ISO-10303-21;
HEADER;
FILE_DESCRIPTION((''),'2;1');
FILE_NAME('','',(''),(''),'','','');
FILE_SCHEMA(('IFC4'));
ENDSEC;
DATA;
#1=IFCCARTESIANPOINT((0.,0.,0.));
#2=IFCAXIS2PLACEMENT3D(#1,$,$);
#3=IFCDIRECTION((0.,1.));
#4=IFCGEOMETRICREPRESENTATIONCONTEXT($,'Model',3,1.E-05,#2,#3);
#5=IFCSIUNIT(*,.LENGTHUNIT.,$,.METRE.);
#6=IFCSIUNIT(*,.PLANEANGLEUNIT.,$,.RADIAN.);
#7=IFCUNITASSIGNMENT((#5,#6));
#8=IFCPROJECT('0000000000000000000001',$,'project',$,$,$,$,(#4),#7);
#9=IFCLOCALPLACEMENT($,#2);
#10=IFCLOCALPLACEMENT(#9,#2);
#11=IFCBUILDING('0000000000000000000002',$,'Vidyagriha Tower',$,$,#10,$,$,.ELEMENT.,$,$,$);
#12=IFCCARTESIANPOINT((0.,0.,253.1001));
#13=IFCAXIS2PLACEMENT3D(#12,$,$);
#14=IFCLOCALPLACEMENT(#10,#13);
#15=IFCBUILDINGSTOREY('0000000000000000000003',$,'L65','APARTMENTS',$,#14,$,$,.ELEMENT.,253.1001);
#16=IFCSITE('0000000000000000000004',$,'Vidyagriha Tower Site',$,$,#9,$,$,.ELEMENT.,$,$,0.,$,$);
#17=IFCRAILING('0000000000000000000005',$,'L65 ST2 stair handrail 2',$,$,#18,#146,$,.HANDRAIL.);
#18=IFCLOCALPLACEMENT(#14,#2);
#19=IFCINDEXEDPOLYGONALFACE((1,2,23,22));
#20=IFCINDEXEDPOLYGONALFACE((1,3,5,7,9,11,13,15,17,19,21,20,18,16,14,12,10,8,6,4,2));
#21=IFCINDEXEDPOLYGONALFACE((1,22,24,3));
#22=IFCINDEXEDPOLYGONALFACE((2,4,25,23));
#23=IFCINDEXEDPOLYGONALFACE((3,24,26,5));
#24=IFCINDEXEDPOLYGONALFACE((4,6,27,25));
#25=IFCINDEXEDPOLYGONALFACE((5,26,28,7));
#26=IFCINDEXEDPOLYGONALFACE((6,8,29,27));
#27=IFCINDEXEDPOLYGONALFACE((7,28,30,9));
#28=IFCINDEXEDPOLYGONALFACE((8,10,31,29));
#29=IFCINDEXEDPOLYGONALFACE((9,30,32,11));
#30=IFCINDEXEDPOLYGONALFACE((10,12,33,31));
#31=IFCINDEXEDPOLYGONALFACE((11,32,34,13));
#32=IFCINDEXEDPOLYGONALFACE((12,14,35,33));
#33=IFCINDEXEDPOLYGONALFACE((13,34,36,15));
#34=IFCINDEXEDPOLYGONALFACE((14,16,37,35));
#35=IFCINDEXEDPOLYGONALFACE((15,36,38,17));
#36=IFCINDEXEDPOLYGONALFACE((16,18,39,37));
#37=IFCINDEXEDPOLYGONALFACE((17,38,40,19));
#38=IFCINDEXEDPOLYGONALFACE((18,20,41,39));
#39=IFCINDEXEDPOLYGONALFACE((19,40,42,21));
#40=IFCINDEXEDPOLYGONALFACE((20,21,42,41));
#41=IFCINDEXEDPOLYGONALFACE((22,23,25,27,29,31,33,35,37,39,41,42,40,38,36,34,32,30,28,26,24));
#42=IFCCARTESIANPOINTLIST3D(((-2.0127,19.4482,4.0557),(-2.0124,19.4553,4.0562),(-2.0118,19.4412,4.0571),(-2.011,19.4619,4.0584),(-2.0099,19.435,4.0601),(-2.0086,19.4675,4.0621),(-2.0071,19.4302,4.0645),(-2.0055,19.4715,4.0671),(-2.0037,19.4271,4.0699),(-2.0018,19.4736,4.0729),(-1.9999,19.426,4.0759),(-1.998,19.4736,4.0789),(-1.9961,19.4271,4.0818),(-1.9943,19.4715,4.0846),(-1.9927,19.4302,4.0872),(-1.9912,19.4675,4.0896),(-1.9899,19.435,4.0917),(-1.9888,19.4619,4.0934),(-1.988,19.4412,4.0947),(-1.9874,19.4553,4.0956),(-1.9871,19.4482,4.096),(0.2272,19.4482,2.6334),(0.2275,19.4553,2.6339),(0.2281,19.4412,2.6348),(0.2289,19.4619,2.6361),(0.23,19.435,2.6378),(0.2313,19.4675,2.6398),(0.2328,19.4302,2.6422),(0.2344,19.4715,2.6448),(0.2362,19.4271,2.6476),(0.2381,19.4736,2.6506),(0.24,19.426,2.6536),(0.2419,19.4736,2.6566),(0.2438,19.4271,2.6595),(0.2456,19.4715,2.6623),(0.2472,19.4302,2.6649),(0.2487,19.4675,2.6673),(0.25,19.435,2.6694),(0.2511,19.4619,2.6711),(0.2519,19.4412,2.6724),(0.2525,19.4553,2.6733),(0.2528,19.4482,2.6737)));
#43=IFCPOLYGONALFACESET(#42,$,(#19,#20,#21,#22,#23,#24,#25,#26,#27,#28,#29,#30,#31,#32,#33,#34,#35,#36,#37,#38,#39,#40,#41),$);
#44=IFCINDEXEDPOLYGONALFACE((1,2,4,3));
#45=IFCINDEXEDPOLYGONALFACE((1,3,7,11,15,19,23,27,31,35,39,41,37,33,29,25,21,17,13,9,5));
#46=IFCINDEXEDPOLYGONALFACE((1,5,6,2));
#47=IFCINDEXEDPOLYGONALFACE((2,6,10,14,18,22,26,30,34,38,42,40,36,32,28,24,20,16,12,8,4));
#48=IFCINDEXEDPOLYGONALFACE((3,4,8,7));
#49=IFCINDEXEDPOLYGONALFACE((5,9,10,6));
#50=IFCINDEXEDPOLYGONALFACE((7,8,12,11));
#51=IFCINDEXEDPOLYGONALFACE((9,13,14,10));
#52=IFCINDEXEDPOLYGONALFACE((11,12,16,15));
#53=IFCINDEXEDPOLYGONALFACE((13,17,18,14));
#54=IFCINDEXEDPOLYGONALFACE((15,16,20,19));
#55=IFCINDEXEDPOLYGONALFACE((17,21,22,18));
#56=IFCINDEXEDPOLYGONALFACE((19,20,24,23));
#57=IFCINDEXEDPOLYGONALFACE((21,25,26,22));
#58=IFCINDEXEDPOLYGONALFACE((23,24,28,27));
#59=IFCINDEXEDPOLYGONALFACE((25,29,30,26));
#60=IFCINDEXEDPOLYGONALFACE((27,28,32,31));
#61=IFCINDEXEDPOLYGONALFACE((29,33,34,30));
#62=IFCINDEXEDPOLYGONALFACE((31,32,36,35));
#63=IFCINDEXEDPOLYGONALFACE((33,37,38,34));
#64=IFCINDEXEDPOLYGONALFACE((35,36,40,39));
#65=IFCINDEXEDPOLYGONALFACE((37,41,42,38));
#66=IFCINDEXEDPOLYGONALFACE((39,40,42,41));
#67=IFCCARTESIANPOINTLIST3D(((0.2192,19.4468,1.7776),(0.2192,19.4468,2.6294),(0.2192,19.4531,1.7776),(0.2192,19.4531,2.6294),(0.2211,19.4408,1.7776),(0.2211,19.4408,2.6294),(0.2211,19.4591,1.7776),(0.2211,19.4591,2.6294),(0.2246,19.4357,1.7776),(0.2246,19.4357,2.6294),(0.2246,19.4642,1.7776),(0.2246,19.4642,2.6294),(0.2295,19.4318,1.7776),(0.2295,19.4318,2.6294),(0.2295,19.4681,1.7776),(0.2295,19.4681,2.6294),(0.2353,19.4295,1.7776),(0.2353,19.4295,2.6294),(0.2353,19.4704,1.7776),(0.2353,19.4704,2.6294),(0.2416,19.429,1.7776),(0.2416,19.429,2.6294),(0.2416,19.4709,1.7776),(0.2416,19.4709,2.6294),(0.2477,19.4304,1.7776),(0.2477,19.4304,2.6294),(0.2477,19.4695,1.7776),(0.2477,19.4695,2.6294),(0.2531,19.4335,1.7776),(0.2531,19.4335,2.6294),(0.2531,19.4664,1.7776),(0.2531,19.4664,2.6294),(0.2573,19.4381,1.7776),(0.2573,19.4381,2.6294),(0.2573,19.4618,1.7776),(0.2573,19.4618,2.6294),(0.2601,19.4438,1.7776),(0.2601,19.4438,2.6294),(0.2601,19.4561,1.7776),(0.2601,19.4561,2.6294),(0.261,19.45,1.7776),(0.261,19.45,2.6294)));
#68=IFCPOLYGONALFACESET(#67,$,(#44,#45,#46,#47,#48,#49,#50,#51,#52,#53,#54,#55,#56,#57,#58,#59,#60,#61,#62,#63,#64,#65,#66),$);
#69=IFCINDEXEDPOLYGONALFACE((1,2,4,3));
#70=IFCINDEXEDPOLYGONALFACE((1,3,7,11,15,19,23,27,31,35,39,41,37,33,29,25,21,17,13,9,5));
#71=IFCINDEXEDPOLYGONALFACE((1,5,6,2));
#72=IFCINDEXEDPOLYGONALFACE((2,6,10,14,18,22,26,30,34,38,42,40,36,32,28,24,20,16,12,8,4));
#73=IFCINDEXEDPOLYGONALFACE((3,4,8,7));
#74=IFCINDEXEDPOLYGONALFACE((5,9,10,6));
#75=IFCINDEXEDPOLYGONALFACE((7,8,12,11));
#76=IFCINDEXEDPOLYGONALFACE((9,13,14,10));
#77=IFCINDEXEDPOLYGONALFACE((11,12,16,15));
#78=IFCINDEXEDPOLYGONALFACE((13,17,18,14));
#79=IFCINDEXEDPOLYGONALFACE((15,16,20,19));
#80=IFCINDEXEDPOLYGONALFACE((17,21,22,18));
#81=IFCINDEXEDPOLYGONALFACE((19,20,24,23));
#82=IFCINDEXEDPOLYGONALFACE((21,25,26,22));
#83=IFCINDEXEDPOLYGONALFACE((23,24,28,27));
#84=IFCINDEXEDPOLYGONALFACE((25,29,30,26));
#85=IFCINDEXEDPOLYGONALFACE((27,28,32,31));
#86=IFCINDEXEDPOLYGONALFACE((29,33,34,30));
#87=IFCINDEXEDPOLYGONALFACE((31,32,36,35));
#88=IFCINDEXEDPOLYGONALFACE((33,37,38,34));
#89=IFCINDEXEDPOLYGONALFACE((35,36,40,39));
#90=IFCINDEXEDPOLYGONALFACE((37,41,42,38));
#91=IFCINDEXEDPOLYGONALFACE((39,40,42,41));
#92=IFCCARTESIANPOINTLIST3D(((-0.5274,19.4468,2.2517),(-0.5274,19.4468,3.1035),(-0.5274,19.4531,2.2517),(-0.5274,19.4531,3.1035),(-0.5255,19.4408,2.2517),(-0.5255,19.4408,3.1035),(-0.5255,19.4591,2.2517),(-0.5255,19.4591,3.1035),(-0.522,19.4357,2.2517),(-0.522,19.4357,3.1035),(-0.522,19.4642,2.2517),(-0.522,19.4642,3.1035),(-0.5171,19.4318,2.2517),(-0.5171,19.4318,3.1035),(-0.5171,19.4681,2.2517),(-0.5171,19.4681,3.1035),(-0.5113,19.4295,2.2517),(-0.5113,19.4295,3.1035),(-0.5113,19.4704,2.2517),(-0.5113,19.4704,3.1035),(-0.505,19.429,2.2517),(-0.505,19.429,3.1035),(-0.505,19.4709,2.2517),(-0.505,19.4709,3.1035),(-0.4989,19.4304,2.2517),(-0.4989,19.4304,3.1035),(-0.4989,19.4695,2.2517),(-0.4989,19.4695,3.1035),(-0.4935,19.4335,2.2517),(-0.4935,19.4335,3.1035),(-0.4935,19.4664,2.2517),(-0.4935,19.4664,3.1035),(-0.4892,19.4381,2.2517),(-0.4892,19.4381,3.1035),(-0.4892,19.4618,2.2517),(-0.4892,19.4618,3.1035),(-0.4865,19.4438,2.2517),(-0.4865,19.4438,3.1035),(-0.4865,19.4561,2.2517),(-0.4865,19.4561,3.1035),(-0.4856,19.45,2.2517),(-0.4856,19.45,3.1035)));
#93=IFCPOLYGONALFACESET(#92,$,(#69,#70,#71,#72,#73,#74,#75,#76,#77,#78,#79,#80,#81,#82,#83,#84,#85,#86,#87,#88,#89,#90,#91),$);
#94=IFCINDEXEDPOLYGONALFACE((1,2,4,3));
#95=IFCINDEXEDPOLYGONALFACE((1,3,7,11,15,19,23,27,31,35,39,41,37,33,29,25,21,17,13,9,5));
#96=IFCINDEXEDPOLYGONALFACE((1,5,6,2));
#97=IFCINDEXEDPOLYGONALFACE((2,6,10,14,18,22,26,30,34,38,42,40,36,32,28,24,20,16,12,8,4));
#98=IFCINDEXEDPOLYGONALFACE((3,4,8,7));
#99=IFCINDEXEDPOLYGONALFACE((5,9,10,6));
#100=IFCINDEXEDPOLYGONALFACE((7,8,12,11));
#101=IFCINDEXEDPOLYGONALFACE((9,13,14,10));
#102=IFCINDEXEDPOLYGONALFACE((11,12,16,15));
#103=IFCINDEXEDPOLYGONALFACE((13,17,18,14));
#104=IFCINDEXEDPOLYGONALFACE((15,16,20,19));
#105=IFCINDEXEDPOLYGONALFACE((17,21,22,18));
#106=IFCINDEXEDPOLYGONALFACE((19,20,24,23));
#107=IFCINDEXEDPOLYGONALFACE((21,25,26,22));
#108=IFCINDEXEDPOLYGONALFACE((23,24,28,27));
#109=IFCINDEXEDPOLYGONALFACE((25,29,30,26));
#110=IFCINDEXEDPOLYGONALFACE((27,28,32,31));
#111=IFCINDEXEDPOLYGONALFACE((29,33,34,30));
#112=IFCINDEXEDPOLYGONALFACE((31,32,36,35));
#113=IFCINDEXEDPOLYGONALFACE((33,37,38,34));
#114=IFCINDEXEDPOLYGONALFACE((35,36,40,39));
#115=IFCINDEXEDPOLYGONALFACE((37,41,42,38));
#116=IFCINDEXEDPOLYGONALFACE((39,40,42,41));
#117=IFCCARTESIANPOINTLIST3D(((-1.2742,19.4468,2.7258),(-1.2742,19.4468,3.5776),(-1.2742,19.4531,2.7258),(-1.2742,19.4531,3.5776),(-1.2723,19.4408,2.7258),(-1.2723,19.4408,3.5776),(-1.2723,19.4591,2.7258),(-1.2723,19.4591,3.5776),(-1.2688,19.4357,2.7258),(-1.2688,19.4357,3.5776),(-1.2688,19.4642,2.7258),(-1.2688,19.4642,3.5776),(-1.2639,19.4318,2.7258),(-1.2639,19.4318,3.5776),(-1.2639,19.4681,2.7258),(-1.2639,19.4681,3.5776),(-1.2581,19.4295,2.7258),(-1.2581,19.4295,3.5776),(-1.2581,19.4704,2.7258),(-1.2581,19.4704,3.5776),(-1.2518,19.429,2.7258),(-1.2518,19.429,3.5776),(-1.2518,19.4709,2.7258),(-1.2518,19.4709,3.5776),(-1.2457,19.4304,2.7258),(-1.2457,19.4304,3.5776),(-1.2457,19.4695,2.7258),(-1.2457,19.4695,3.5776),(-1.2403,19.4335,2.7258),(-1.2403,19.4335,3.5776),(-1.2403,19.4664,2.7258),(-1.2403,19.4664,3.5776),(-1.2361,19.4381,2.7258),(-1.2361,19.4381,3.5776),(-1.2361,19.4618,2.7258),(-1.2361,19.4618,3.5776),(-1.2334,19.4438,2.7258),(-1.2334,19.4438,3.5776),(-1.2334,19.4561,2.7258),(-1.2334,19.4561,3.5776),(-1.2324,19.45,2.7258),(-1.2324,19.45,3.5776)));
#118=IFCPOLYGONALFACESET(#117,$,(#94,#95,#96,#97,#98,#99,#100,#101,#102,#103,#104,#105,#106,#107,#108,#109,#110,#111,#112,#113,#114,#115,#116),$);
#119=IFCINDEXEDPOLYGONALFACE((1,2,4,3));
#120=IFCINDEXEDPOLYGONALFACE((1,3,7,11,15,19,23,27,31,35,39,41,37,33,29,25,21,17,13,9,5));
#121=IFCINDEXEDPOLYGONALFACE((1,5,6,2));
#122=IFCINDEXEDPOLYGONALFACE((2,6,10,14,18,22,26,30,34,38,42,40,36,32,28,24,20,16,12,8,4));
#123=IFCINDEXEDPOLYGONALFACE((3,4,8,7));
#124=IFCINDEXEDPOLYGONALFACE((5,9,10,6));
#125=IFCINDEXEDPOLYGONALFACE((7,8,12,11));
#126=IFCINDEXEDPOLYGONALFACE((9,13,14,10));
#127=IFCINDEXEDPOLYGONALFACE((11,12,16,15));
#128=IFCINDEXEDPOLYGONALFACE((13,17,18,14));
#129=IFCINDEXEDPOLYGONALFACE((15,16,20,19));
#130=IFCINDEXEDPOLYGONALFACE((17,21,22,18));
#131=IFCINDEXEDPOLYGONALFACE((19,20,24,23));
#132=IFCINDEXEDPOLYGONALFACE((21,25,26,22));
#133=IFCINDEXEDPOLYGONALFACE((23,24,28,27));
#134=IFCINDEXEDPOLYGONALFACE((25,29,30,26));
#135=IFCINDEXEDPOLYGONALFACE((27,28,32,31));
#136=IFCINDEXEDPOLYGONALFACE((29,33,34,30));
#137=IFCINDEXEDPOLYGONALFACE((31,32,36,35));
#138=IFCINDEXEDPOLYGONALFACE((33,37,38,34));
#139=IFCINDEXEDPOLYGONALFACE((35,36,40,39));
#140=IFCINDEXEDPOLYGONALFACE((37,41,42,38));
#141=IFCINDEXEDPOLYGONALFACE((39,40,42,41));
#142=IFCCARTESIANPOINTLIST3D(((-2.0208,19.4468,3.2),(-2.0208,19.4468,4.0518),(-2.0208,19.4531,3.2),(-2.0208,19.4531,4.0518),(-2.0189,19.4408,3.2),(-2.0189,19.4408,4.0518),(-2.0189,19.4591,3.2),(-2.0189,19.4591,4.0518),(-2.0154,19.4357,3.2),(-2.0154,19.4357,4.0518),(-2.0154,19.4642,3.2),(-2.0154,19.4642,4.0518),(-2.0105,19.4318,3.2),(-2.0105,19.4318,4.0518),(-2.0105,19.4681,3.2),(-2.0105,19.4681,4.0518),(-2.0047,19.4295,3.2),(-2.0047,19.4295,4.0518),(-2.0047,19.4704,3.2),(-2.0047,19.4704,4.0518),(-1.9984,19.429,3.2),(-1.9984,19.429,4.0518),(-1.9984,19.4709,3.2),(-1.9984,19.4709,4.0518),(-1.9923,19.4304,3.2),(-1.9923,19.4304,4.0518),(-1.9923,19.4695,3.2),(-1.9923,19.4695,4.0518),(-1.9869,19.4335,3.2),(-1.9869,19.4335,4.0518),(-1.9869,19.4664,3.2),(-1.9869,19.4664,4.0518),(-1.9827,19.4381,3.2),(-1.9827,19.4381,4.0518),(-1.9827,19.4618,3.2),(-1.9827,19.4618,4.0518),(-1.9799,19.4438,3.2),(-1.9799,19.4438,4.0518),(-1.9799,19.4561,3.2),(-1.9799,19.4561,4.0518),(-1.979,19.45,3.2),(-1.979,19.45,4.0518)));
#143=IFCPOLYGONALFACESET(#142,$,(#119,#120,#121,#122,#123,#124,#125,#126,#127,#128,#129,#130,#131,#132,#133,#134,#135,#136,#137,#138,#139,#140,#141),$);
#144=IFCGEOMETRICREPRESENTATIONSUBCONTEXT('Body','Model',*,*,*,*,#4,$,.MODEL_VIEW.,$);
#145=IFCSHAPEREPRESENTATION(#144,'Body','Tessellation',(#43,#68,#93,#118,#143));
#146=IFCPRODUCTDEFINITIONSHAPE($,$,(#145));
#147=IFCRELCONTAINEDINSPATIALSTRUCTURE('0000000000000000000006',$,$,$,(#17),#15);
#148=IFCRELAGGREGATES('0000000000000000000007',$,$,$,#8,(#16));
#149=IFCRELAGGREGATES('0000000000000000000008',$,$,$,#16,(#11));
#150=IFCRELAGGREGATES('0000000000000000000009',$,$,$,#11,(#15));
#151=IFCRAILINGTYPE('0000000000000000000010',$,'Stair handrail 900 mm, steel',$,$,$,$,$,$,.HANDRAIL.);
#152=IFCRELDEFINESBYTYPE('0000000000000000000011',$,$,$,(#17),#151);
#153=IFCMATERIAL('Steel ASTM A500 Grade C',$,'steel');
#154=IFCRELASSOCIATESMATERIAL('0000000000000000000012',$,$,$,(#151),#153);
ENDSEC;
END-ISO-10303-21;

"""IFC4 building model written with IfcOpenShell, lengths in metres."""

from ifc_helpers import new_model, si_unit, direction, frame, origin, origin_2d, place, context, subcontext, project, spatial, circle, extrude, material, type_object, element, save


model = new_model("IFC4")

# Units and contexts
model_context = context("Model", 3, precision=1e-05, world=origin(), true_north=direction((0.0, 1.0)))
body_context = subcontext(model_context, "Body", "Model", "MODEL_VIEW")
ifc_project = project(units=[si_unit("LENGTHUNIT", "METRE"), si_unit("PLANEANGLEUNIT", "RADIAN")], contexts=[model_context])

# Site, building, storey
site_placement = place(None, origin())
site = spatial("IfcSite", under=ifc_project, at=site_placement, Name="Vidyagriha Tower Site", CompositionType="ELEMENT", RefElevation=0.0)
building_placement = place(site_placement, origin())
building = spatial("IfcBuilding", under=site, at=building_placement, Name="Vidyagriha Tower", CompositionType="ELEMENT")
storey_placement = place(building_placement, frame((0.0, 0.0, 253.1001)))
storey = spatial("IfcBuildingStorey", under=building, at=storey_placement, Name="L65", Description="APARTMENTS", CompositionType="ELEMENT", Elevation=253.1001)

# Railing
ifc_material_1 = material(Name="Steel ASTM A500 Grade C", Category="steel")
railing_type_1 = type_object("IfcRailingType", Name="Stair handrail 900 mm, steel", PredefinedType="HANDRAIL", material=ifc_material_1)
for number, where, name in (
    (1, (0.24, 19.45, 1.7776), "L65 ST2 stair handrail 2"),
):
    element("IfcRailing", number, at=place(storey_placement, frame(where)), inside=storey, type_object=railing_type_1, Name=name, PredefinedType="HANDRAIL", context=body_context, shape_type="SweptSolid", body=[
        extrude(circle(Radius=0.0239, at=origin_2d()), frame((0.0, 0.0, 0.876), z_axis=(-0.844188, 0.0, 0.536048), x_axis=(0.0, -1.0, 0.0)), (0.0, 0.0, 1.0), 2.6533),
        extrude(circle(Radius=0.021, at=origin_2d()), origin(), (0.0, 0.0, 1.0), 0.8518),
        extrude(circle(Radius=0.021, at=origin_2d()), frame((-0.7466, 0.0, 0.4741)), (0.0, 0.0, 1.0), 0.8518),
        extrude(circle(Radius=0.021, at=origin_2d()), frame((-1.4934, 0.0, 0.9482)), (0.0, 0.0, 1.0), 0.8518),
        extrude(circle(Radius=0.021, at=origin_2d()), frame((-2.24, 0.0, 1.4224)), (0.0, 0.0, 1.0), 0.8518),
    ])

save(model, "model.ifc")
